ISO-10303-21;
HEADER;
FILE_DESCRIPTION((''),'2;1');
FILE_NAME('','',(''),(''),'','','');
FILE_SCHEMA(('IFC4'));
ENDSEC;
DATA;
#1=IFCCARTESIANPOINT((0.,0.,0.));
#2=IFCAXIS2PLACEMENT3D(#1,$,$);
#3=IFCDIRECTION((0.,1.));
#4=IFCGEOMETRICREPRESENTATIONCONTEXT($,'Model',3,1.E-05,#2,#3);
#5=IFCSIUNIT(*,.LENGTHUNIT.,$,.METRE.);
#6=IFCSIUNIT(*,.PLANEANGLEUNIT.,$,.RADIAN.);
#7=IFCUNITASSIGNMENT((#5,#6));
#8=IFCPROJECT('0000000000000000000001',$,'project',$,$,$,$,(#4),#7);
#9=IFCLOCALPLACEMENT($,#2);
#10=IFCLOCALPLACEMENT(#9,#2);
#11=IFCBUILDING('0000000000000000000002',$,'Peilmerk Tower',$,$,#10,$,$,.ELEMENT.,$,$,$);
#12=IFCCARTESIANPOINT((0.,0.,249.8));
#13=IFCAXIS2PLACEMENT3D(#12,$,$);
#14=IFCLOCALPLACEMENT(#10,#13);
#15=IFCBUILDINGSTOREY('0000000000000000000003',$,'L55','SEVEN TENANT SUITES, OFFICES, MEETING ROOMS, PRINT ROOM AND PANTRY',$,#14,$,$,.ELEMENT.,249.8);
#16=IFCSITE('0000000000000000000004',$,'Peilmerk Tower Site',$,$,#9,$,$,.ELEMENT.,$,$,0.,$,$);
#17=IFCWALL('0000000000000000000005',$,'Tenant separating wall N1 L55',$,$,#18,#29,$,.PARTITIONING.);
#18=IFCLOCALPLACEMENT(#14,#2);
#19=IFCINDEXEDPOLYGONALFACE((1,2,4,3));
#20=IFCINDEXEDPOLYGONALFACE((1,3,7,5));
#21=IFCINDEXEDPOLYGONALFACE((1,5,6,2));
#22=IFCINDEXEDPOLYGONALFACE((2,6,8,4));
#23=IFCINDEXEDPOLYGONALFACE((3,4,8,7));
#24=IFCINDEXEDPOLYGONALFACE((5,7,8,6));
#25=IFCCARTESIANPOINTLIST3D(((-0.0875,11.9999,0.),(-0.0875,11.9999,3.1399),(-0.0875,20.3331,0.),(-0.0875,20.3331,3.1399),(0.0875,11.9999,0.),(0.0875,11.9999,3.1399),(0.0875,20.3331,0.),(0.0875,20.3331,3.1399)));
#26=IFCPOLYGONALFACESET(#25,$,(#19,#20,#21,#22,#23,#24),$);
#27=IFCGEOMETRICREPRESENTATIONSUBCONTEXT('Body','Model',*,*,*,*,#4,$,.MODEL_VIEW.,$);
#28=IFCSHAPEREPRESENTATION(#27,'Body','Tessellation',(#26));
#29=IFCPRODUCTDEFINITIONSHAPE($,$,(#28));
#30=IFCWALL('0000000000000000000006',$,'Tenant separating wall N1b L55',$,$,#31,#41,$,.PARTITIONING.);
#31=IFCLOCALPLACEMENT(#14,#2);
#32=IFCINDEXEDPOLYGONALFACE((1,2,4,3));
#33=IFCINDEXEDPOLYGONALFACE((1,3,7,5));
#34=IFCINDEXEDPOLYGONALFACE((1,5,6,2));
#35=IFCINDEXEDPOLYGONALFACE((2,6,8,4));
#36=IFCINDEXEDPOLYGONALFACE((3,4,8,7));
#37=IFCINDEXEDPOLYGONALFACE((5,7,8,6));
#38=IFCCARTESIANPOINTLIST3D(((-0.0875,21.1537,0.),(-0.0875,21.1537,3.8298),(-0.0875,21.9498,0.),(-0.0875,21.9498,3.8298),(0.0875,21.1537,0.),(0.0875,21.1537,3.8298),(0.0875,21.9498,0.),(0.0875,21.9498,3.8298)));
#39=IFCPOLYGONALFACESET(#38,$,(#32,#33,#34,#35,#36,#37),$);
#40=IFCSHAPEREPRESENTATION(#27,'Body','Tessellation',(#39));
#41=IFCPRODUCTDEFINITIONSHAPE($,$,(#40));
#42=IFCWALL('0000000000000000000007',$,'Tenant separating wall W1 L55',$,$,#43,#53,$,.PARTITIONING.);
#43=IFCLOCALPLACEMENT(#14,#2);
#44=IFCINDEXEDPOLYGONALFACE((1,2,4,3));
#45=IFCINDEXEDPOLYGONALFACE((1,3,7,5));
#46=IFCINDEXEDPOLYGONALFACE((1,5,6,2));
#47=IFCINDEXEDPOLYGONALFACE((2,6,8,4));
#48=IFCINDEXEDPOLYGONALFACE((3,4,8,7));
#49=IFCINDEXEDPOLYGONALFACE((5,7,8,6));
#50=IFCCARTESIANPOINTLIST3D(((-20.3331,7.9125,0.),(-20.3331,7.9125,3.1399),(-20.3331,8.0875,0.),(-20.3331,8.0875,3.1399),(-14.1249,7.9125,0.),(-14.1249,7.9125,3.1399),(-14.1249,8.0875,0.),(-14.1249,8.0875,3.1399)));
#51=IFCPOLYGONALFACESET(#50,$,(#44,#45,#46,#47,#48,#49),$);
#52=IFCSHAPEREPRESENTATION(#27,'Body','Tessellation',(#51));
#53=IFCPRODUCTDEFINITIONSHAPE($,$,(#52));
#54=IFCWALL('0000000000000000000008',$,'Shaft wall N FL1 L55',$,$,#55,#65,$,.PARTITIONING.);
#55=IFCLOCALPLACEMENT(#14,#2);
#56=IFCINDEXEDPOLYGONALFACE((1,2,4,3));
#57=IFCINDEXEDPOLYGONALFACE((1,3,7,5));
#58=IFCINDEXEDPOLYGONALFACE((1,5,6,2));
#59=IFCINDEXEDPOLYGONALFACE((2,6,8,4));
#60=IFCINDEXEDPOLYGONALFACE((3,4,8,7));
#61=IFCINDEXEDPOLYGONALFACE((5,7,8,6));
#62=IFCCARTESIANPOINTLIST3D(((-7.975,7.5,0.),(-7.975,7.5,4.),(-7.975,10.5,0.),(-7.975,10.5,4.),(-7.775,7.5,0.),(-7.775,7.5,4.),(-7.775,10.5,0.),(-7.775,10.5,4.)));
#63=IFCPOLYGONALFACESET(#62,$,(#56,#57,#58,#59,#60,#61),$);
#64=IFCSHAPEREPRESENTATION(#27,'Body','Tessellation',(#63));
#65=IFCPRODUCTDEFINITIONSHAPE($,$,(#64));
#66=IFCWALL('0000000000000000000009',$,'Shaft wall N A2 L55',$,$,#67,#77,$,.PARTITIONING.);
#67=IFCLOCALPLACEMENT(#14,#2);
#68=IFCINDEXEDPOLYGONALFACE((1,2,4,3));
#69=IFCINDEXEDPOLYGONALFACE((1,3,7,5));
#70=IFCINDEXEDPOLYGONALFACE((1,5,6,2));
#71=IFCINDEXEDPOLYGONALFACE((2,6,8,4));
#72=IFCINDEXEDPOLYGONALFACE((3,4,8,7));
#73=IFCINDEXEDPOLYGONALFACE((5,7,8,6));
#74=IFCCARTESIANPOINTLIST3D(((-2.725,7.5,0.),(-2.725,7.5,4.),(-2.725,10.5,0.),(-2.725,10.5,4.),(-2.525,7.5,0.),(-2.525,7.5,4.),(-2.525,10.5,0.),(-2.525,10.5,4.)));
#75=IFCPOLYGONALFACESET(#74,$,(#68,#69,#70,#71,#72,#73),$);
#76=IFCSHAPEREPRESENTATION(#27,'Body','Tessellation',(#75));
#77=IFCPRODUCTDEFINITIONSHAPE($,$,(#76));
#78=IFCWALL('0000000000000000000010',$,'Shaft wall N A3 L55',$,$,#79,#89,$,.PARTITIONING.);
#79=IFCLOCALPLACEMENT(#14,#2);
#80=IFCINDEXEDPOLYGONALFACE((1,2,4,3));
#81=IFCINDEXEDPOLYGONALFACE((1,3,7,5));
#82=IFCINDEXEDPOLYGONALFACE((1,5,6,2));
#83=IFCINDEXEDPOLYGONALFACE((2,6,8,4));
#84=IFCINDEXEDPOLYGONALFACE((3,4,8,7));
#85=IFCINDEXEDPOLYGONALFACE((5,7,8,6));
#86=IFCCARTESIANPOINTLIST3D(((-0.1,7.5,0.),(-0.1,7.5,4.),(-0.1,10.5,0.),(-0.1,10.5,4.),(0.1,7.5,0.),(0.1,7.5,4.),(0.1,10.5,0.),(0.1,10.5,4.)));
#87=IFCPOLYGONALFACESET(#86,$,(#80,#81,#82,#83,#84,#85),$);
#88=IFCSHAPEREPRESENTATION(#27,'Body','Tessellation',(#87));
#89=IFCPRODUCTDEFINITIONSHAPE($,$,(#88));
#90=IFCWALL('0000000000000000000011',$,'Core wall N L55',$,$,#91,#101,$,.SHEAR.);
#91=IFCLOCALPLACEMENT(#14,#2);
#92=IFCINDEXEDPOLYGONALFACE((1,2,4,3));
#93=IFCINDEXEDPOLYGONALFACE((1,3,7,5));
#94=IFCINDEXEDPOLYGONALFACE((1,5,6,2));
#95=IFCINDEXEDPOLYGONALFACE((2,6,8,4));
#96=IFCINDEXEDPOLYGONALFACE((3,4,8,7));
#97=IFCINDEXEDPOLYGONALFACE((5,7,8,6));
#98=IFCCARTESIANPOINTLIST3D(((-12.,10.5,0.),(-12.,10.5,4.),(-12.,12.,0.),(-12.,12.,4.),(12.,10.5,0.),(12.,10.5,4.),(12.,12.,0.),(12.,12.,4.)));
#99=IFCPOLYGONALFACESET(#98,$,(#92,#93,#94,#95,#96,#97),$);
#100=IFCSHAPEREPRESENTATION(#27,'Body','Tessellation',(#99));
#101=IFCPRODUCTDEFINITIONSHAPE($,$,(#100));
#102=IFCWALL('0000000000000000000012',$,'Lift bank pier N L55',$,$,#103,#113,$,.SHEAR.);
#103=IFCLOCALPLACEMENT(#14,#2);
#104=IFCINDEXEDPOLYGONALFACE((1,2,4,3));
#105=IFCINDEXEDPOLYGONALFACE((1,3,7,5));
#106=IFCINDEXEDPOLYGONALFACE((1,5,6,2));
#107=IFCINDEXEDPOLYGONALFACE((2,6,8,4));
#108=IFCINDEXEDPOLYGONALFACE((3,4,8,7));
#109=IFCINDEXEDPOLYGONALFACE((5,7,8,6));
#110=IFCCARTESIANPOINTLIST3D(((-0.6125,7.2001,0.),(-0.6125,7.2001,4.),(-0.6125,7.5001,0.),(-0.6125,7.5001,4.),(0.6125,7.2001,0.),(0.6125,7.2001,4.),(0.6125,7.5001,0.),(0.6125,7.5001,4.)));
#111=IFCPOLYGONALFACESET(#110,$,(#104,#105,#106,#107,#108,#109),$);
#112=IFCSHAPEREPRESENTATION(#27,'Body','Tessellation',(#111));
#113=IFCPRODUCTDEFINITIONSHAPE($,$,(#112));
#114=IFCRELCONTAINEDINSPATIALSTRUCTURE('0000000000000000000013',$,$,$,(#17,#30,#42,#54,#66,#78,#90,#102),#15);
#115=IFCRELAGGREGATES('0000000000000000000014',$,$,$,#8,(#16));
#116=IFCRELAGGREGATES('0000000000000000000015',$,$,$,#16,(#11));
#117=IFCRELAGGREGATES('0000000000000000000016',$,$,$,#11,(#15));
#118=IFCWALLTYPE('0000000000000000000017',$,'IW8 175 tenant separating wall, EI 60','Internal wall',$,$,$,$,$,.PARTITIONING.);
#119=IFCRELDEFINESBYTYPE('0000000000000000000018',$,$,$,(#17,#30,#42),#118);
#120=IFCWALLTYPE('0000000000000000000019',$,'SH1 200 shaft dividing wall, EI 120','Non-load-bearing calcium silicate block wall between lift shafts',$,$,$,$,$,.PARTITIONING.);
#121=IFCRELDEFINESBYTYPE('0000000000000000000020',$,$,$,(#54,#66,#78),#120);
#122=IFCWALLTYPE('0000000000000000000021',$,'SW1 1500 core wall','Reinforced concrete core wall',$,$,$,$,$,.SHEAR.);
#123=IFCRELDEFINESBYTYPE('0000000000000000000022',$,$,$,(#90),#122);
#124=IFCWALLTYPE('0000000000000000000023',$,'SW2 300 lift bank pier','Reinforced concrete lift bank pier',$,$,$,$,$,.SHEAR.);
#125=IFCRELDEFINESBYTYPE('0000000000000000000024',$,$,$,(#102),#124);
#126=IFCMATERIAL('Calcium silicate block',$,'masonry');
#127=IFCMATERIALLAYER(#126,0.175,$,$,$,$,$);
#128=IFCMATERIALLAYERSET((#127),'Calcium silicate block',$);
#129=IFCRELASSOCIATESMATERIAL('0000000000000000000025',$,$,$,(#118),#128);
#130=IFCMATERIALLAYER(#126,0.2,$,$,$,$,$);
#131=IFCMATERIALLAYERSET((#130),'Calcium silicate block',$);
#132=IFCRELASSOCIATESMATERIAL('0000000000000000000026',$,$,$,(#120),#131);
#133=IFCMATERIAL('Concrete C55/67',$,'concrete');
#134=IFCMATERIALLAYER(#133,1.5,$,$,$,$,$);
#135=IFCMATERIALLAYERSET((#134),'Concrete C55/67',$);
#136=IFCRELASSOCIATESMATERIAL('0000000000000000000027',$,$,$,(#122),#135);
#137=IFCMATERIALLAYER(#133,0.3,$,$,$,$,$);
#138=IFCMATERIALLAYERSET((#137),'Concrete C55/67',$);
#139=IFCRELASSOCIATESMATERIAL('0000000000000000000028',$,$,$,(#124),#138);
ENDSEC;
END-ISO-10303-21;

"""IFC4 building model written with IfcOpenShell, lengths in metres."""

from ifc_helpers import new_model, si_unit, direction, frame, frame_2d, origin, place, context, subcontext, project, spatial, rectangle, extrude, material, layer, layer_set, type_object, element, save


model = new_model("IFC4")

# Units and contexts
model_context = context("Model", 3, precision=1e-05, world=origin(), true_north=direction((0.0, 1.0)))
body_context = subcontext(model_context, "Body", "Model", "MODEL_VIEW")
ifc_project = project(units=[si_unit("LENGTHUNIT", "METRE"), si_unit("PLANEANGLEUNIT", "RADIAN")], contexts=[model_context])

# Site, building, storey
site_placement = place(None, origin())
site = spatial("IfcSite", under=ifc_project, at=site_placement, Name="Peilmerk Tower Site", CompositionType="ELEMENT", RefElevation=0.0)
building_placement = place(site_placement, origin())
building = spatial("IfcBuilding", under=site, at=building_placement, Name="Peilmerk Tower", CompositionType="ELEMENT")
storey_placement = place(building_placement, frame((0.0, 0.0, 249.8)))
storey = spatial("IfcBuildingStorey", under=building, at=storey_placement, Name="L55", Description="SEVEN TENANT SUITES, OFFICES, MEETING ROOMS, PRINT ROOM AND PANTRY", CompositionType="ELEMENT", Elevation=249.8)

# Shared definitions
ifc_material_1 = material(Name="Calcium silicate block", Category="masonry")

# Walls
ifc_layer_1 = layer(ifc_material_1, 0.175)
ifc_layer_set_1 = layer_set([ifc_layer_1], Name="Calcium silicate block")
wall_type_1 = type_object("IfcWallType", Name="IW8 175 tenant separating wall, EI 60", Description="Internal wall", PredefinedType="PARTITIONING", material=ifc_layer_set_1)
wall_1_placement = place(storey_placement, frame((0.0, 12.0, 0.0), z_axis=(0.0, 0.0, 1.0), x_axis=(0.0, 1.0, 0.0)))
element("IfcWall", 1, at=wall_1_placement, inside=storey, type_object=wall_type_1, Name="Tenant separating wall N1 L55", PredefinedType="PARTITIONING", context=body_context, shape_type="SweptSolid", body=[
    extrude(rectangle(XDim=8.3333, YDim=0.175, at=frame_2d((4.1665, 0.0))), origin(), (0.0, 0.0, 1.0), 3.1399),
])
wall_2_placement = place(storey_placement, frame((0.0, 21.1538, 0.0), z_axis=(0.0, 0.0, 1.0), x_axis=(0.0, 1.0, 0.0)))
element("IfcWall", 2, at=wall_2_placement, inside=storey, type_object=wall_type_1, Name="Tenant separating wall N1b L55", PredefinedType="PARTITIONING", context=body_context, shape_type="SweptSolid", body=[
    extrude(rectangle(XDim=0.7961, YDim=0.175, at=frame_2d((0.3979, 0.0))), origin(), (0.0, 0.0, 1.0), 3.8298),
])
wall_3_placement = place(storey_placement, frame((-14.125, 8.0, 0.0), z_axis=(0.0, 0.0, 1.0), x_axis=(-1.0, 0.0, 0.0)))
element("IfcWall", 3, at=wall_3_placement, inside=storey, type_object=wall_type_1, Name="Tenant separating wall W1 L55", PredefinedType="PARTITIONING", context=body_context, shape_type="SweptSolid", body=[
    extrude(rectangle(XDim=6.2083, YDim=0.175, at=frame_2d((3.104, 0.0))), origin(), (0.0, 0.0, 1.0), 3.1399),
])
ifc_layer_2 = layer(ifc_material_1, 0.2)
ifc_layer_set_2 = layer_set([ifc_layer_2], Name="Calcium silicate block")
wall_type_2 = type_object("IfcWallType", Name="SH1 200 shaft dividing wall, EI 120", Description="Non-load-bearing calcium silicate block wall between lift shafts", PredefinedType="PARTITIONING", material=ifc_layer_set_2)
for number, where, z_axis, x_axis, name in (
    (4, (-7.875, 7.5, 0.0), (0.0, 0.0, 1.0), (0.0, 1.0, 0.0), "Shaft wall N FL1 L55"),
    (5, (-2.625, 7.5, 0.0), (0.0, 0.0, 1.0), (0.0, 1.0, 0.0), "Shaft wall N A2 L55"),
    (6, (0.0, 7.5, 0.0), (0.0, 0.0, 1.0), (0.0, 1.0, 0.0), "Shaft wall N A3 L55"),
):
    element("IfcWall", number, at=place(storey_placement, frame(where, z_axis=z_axis, x_axis=x_axis)), inside=storey, type_object=wall_type_2, Name=name, PredefinedType="PARTITIONING", context=body_context, shape_type="SweptSolid", body=[
        extrude(rectangle(XDim=3.0, YDim=0.2, at=frame_2d((1.5, 0.0))), origin(), (0.0, 0.0, 1.0), 4.0),
    ])
ifc_material_2 = material(Name="Concrete C55/67", Category="concrete")
ifc_layer_3 = layer(ifc_material_2, 1.5)
ifc_layer_set_3 = layer_set([ifc_layer_3], Name="Concrete C55/67")
wall_type_3 = type_object("IfcWallType", Name="SW1 1500 core wall", Description="Reinforced concrete core wall", PredefinedType="SHEAR", material=ifc_layer_set_3)
wall_4_placement = place(storey_placement, frame((-12.0, 11.25, 0.0), z_axis=(0.0, 0.0, 1.0), x_axis=(1.0, 0.0, 0.0)))
element("IfcWall", 7, at=wall_4_placement, inside=storey, type_object=wall_type_3, Name="Core wall N L55", PredefinedType="SHEAR", context=body_context, shape_type="SweptSolid", body=[
    extrude(rectangle(XDim=24.0, YDim=1.5, at=frame_2d((12.0, 0.0))), origin(), (0.0, 0.0, 1.0), 4.0),
])
ifc_layer_4 = layer(ifc_material_2, 0.3)
ifc_layer_set_4 = layer_set([ifc_layer_4], Name="Concrete C55/67")
wall_type_4 = type_object("IfcWallType", Name="SW2 300 lift bank pier", Description="Reinforced concrete lift bank pier", PredefinedType="SHEAR", material=ifc_layer_set_4)
wall_5_placement = place(storey_placement, frame((-0.6125, 7.3501, 0.0), z_axis=(0.0, 0.0, 1.0), x_axis=(1.0, 0.0, 0.0)))
element("IfcWall", 8, at=wall_5_placement, inside=storey, type_object=wall_type_4, Name="Lift bank pier N L55", PredefinedType="SHEAR", context=body_context, shape_type="SweptSolid", body=[
    extrude(rectangle(XDim=1.2251, YDim=0.3, at=frame_2d((0.6125, 0.0))), origin(), (0.0, 0.0, 1.0), 4.0),
])

save(model, "model.ifc")
